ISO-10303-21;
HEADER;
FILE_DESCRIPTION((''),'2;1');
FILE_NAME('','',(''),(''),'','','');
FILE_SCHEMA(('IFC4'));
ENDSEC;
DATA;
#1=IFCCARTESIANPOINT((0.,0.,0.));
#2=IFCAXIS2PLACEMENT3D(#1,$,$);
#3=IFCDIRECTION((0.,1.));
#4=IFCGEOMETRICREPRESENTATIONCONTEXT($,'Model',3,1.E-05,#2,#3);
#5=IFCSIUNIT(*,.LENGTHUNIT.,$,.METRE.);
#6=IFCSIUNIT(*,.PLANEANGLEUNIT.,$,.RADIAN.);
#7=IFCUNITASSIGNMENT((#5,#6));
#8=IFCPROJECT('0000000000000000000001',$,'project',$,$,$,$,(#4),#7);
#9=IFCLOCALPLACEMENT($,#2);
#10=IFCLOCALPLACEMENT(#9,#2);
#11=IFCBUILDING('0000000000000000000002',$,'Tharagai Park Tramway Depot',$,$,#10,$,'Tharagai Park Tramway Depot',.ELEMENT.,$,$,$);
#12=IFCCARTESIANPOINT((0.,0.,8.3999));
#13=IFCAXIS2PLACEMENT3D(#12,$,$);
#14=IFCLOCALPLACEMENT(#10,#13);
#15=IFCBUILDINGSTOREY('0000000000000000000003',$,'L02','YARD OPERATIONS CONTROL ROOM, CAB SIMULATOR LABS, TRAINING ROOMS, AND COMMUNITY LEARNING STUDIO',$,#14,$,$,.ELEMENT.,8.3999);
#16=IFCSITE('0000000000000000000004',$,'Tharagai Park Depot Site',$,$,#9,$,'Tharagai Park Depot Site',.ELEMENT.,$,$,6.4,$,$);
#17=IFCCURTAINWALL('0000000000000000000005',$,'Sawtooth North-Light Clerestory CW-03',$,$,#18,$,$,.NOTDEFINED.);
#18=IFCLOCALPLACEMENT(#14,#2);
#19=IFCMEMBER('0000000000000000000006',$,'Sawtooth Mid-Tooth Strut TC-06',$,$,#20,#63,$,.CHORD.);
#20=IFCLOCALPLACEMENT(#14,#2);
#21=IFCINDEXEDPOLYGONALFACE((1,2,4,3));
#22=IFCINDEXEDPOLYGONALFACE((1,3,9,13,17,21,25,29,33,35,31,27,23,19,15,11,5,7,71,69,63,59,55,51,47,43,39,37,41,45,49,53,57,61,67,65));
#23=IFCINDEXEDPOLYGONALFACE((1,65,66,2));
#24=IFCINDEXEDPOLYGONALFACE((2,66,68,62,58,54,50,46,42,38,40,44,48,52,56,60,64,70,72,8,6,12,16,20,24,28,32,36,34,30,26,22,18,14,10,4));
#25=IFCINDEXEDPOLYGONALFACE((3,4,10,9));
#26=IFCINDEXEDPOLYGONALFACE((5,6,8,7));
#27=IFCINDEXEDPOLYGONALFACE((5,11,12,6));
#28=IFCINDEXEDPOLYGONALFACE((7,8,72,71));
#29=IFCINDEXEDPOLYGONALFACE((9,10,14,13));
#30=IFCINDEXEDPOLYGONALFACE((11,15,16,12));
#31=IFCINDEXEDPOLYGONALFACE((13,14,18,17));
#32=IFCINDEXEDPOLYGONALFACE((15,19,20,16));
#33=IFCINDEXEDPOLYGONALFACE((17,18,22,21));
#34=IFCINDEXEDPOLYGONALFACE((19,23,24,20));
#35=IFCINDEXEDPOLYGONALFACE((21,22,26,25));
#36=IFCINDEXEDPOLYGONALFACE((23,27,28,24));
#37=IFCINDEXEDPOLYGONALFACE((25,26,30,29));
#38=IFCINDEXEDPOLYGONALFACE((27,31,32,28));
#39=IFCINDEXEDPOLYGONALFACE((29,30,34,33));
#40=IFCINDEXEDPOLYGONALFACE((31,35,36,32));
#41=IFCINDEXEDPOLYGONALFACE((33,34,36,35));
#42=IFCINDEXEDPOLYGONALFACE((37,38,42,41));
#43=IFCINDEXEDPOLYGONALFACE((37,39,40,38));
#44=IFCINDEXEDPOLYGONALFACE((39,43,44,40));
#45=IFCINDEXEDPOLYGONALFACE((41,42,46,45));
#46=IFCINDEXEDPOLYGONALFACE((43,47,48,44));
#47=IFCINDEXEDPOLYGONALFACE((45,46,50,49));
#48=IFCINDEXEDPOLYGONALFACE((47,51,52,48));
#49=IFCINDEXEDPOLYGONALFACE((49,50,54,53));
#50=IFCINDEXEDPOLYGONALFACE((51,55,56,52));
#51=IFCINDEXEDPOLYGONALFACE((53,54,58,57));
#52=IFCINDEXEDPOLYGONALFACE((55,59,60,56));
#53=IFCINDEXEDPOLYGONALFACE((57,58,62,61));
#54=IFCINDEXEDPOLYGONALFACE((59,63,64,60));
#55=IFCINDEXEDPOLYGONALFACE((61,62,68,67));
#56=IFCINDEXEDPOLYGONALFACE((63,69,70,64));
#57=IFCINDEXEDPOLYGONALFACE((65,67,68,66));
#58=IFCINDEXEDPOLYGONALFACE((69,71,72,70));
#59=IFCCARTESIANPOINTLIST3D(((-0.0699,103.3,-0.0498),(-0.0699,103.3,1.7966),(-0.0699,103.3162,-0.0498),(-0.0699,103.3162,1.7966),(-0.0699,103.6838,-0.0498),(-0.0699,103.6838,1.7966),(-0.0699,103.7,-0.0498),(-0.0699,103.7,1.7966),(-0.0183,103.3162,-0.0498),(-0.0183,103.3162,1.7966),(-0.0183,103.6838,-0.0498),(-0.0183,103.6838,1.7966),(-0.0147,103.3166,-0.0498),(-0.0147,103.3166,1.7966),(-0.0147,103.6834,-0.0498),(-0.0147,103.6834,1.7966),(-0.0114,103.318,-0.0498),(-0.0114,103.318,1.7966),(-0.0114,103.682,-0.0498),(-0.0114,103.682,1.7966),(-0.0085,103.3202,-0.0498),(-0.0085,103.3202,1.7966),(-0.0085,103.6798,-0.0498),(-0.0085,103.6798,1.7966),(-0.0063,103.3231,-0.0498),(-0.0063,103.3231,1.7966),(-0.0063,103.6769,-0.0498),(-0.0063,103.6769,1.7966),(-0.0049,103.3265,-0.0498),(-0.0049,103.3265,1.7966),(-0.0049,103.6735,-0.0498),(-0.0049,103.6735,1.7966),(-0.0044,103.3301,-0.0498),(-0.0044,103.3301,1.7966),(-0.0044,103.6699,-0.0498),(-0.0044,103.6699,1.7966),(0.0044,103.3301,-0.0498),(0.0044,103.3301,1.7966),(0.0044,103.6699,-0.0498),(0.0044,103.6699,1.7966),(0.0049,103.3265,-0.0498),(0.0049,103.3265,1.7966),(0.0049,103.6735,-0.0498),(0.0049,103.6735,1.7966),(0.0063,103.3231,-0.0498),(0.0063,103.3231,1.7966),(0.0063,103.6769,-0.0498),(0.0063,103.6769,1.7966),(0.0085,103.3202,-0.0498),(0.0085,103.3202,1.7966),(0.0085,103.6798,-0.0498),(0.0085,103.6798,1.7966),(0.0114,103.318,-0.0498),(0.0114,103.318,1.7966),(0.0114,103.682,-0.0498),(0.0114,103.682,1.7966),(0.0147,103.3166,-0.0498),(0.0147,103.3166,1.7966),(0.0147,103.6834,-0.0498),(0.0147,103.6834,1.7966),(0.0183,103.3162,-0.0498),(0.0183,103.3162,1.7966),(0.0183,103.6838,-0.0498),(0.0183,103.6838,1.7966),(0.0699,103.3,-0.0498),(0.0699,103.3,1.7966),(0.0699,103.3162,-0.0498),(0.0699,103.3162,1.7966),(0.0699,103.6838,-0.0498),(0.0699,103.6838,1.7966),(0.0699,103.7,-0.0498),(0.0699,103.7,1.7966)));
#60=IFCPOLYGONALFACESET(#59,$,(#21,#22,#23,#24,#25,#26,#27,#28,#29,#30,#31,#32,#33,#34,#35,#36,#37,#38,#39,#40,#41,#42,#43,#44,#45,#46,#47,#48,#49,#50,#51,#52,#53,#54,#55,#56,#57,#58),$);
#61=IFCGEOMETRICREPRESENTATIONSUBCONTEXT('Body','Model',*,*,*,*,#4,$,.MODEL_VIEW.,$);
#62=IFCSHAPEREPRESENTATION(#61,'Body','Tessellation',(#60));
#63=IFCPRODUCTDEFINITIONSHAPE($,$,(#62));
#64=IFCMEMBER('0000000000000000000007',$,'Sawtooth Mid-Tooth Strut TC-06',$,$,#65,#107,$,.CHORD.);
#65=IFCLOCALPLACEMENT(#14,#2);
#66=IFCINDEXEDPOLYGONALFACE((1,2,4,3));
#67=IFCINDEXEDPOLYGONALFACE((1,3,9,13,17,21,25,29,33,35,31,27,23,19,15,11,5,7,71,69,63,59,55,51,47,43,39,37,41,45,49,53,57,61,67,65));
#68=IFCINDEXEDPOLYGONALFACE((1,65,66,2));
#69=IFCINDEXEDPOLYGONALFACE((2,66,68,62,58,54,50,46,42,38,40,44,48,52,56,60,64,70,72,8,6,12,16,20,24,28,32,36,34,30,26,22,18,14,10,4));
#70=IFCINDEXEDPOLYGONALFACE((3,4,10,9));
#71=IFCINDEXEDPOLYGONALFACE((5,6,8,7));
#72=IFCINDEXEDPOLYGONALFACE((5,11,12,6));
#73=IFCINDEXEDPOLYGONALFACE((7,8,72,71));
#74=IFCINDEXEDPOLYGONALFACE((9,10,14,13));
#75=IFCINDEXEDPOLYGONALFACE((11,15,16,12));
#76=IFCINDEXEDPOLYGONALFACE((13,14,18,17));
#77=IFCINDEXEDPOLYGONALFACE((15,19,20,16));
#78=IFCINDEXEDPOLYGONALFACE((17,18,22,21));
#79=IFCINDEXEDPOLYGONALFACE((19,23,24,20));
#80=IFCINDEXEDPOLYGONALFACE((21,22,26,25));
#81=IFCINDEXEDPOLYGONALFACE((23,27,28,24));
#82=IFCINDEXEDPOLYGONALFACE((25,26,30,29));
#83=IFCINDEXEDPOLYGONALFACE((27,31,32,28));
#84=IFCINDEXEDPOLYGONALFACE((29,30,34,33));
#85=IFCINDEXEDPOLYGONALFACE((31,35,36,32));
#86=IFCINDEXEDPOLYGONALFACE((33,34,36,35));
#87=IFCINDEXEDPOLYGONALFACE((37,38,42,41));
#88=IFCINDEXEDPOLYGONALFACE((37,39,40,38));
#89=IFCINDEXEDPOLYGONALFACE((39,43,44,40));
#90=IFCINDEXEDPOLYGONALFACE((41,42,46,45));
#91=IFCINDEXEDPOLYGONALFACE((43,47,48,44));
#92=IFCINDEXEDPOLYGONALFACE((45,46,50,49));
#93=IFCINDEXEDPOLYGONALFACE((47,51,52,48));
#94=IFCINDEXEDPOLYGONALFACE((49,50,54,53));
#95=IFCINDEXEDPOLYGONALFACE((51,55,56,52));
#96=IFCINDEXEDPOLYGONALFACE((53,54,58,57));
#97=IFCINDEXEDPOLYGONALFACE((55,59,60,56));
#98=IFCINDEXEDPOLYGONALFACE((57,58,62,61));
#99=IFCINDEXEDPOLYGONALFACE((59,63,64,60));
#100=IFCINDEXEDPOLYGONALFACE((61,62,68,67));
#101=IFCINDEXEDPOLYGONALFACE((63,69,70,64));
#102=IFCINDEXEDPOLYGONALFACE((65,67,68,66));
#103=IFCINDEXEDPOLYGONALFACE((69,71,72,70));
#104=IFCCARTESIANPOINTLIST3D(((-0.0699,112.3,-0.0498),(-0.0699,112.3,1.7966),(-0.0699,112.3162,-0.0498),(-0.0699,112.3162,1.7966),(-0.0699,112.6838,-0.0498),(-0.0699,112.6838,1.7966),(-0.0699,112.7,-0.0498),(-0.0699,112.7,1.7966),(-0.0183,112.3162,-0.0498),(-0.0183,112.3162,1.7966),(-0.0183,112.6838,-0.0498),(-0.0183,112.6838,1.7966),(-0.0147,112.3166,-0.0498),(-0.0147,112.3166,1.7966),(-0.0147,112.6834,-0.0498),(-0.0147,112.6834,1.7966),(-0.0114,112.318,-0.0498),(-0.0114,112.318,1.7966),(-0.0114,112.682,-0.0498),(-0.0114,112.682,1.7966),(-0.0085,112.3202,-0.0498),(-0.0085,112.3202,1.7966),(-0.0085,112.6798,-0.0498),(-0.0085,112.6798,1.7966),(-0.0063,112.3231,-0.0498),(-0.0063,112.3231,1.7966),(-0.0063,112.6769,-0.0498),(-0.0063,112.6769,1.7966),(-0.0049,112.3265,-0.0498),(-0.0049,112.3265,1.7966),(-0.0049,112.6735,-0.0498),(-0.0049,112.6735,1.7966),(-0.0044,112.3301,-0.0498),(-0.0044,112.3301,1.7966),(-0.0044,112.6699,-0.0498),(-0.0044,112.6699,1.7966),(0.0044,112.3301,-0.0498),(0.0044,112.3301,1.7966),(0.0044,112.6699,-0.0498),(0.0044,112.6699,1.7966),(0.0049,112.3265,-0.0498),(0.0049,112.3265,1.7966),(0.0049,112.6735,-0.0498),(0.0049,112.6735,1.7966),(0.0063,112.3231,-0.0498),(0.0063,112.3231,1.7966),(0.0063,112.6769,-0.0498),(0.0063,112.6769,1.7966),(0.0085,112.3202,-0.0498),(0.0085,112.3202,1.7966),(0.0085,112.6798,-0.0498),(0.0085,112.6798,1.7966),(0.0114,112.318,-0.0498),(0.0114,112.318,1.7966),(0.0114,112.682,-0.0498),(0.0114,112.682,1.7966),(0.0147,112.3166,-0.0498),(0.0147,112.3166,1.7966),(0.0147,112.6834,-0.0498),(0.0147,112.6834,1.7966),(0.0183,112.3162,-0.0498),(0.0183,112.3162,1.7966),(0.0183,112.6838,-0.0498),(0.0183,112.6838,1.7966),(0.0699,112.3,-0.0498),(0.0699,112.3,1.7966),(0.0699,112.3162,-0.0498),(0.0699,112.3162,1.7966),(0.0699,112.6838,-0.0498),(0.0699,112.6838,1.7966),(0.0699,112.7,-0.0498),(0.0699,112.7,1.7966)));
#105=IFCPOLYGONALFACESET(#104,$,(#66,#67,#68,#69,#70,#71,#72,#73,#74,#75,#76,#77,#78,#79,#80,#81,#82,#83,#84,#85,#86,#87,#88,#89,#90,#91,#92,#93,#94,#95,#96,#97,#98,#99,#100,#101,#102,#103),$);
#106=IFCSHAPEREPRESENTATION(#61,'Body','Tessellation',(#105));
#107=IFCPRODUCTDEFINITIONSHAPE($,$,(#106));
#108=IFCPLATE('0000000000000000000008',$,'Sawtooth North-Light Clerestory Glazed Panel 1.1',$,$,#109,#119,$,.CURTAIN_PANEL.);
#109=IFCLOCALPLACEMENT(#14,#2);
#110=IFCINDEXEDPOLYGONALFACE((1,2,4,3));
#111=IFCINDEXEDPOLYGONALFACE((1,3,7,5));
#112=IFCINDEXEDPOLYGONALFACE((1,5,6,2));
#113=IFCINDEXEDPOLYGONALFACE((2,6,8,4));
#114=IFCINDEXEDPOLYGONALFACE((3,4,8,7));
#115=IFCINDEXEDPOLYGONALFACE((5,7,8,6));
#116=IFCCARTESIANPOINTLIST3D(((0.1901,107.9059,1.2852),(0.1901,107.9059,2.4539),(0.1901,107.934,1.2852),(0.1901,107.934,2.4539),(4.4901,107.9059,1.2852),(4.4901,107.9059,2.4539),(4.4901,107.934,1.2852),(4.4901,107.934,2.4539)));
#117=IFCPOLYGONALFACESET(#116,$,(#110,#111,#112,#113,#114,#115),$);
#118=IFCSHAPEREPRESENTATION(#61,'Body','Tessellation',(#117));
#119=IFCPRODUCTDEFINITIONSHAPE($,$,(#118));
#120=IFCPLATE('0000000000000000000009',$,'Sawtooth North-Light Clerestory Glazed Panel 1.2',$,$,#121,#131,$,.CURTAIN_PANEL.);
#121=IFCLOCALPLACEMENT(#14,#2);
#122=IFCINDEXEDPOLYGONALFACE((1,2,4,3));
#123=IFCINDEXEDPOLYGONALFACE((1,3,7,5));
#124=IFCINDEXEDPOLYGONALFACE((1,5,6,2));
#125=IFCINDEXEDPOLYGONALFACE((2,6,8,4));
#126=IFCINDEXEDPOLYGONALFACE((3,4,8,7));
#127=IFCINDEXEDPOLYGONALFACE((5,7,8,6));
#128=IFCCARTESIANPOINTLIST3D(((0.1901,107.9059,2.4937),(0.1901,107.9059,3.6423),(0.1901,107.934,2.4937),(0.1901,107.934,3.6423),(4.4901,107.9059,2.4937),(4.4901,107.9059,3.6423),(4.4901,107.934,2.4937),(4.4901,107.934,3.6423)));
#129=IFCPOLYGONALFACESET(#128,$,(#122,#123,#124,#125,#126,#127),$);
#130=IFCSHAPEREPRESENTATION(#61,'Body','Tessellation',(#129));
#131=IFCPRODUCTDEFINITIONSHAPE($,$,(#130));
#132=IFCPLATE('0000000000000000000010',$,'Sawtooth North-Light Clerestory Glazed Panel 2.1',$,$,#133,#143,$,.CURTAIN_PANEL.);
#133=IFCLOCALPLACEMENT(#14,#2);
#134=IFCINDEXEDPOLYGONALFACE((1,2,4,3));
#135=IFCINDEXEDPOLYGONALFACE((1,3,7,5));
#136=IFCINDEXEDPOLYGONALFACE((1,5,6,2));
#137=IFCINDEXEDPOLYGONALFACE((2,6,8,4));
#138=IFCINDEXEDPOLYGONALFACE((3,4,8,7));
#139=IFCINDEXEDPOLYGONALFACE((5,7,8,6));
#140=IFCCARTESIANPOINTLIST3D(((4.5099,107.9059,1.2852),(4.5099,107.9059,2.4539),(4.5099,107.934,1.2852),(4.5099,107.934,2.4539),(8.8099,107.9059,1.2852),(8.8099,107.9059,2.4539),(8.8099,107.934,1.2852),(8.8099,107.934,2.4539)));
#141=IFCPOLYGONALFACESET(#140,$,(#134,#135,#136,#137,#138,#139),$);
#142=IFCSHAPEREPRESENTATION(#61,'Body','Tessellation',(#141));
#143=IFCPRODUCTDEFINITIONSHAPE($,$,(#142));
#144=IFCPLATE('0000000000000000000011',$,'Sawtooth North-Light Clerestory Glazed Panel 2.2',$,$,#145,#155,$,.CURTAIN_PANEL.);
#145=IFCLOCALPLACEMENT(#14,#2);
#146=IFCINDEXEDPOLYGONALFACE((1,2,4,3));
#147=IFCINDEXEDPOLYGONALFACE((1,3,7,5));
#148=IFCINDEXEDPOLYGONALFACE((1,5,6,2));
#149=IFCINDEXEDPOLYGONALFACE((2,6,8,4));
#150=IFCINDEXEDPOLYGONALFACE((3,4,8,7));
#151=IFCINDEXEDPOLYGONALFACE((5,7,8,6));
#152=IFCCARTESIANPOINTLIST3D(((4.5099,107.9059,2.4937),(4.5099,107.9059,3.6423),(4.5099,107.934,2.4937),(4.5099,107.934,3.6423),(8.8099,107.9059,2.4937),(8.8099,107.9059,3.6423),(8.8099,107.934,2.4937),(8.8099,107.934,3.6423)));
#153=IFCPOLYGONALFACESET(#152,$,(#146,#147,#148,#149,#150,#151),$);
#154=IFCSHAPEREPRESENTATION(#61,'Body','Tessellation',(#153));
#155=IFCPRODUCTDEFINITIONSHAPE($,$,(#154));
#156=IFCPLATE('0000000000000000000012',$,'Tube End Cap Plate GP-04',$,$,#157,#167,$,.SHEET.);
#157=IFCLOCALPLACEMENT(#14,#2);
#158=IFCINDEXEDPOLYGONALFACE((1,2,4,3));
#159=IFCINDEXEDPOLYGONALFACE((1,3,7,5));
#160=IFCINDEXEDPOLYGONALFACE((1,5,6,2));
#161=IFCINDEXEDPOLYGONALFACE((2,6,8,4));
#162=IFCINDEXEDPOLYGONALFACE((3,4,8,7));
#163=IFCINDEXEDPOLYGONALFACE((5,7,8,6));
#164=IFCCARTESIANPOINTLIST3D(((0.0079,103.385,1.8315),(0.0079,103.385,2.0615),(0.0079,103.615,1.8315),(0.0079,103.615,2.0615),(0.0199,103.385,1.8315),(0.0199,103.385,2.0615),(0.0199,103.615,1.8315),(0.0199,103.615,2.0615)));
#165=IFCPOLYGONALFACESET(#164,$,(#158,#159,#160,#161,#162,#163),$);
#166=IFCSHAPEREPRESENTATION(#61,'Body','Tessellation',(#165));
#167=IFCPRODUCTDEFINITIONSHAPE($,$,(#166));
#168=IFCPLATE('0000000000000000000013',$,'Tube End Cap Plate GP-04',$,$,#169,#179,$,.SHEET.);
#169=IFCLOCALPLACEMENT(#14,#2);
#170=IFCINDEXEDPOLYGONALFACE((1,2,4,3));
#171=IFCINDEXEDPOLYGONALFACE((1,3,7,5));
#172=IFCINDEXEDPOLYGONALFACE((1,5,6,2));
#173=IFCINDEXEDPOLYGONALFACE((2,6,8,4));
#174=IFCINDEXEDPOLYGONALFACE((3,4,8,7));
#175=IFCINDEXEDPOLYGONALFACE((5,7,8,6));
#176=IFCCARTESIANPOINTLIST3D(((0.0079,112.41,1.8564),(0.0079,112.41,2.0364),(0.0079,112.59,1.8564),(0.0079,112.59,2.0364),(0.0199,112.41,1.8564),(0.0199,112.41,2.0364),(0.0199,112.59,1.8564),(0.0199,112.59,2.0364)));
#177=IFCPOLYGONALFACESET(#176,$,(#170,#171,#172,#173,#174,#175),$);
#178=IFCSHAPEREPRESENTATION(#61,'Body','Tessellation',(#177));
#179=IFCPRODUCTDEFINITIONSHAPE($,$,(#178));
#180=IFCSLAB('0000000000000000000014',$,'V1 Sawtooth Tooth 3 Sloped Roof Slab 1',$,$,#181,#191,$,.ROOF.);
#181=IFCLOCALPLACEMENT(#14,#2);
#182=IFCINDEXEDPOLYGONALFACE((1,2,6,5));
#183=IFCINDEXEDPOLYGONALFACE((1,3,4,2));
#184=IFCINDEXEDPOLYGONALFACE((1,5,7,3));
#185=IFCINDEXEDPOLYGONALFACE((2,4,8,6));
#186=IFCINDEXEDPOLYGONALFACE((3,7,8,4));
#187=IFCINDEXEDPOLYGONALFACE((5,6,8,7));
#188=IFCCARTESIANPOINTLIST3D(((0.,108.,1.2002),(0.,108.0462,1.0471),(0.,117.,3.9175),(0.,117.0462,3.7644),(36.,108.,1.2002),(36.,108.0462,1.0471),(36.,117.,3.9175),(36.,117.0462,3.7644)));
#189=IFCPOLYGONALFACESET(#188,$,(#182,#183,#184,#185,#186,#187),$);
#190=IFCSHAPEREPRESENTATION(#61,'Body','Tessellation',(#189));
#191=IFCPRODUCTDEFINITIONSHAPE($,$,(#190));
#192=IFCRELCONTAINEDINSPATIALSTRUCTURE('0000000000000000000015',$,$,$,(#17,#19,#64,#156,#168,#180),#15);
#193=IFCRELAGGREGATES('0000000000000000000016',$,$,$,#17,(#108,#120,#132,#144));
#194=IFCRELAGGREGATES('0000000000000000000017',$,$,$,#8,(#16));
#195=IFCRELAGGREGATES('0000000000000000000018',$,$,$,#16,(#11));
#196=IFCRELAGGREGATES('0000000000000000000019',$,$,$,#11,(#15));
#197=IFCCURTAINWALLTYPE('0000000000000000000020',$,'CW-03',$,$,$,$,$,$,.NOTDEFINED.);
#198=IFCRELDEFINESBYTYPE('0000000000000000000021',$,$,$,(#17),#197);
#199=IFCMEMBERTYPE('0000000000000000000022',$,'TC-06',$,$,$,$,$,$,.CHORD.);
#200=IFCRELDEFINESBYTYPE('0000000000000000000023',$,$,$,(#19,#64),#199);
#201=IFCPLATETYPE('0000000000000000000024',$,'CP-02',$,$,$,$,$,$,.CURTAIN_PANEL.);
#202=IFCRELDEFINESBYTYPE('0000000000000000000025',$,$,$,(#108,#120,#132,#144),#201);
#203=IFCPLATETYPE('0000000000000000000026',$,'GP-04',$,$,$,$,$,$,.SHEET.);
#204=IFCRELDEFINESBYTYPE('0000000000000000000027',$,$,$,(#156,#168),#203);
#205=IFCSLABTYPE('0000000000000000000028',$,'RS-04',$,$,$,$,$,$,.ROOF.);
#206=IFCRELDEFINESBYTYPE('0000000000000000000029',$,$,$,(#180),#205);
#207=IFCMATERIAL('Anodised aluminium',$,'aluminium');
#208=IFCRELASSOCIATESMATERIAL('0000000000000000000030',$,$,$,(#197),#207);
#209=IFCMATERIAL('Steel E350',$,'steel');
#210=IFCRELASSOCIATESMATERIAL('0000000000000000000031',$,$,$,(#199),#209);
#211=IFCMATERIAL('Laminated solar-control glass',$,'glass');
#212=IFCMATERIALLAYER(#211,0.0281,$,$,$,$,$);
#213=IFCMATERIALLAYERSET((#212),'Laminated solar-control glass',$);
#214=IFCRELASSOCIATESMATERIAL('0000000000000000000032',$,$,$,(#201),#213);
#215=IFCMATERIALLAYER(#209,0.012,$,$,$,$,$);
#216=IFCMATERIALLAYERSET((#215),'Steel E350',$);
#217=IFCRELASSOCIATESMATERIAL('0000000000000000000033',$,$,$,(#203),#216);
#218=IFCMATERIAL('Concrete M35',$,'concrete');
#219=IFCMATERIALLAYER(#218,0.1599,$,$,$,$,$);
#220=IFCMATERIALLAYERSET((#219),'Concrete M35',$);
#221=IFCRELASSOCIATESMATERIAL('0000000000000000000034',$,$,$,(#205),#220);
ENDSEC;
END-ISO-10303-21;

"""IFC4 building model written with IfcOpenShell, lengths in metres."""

from ifc_helpers import new_model, si_unit, direction, frame, origin, origin_2d, place, context, subcontext, project, spatial, polyline, rectangle, i_section, outline, extrude, material, layer, layer_set, material_profile, profile_set, type_object, element, aggregate, save


model = new_model("IFC4")

# Units and contexts
model_context = context("Model", 3, precision=1e-05, world=origin(), true_north=direction((0.0, 1.0)))
body_context = subcontext(model_context, "Body", "Model", "MODEL_VIEW")
ifc_project = project(units=[si_unit("LENGTHUNIT", "METRE"), si_unit("PLANEANGLEUNIT", "RADIAN")], contexts=[model_context])

# Site, building, storey
site_placement = place(None, origin())
site = spatial("IfcSite", under=ifc_project, at=site_placement, Name="Tharagai Park Depot Site", LongName="Tharagai Park Depot Site", CompositionType="ELEMENT", RefElevation=6.4)
building_placement = place(site_placement, origin())
building = spatial("IfcBuilding", under=site, at=building_placement, Name="Tharagai Park Tramway Depot", LongName="Tharagai Park Tramway Depot", CompositionType="ELEMENT")
storey_placement = place(building_placement, frame((0.0, 0.0, 8.3999)))
storey = spatial("IfcBuildingStorey", under=building, at=storey_placement, Name="L02", Description="YARD OPERATIONS CONTROL ROOM, CAB SIMULATOR LABS, TRAINING ROOMS, AND COMMUNITY LEARNING STUDIO", CompositionType="ELEMENT", Elevation=8.3999)

# Shared definitions
ifc_material_1 = material(Name="Steel E350", Category="steel")

# Curtain wall
ifc_material_2 = material(Name="Anodised aluminium", Category="aluminium")
curtain_wall_type = type_object("IfcCurtainWallType", Name="CW-03", PredefinedType="NOTDEFINED", material=ifc_material_2)
curtain_wall_placement = place(storey_placement, origin())
curtain_wall = element("IfcCurtainWall", 1, at=curtain_wall_placement, inside=storey, type_object=curtain_wall_type, Name="Sawtooth North-Light Clerestory CW-03", PredefinedType="NOTDEFINED")

# Members
ifc_material_profile_1 = material_profile(ifc_material_1, i_section(OverallWidth=0.1399, OverallDepth=0.3999, WebThickness=0.0088, FlangeThickness=0.0161, FilletRadius=0.0139, at=origin_2d()), Name="ISMB 400")
ifc_profile_set_1 = profile_set([ifc_material_profile_1], Name="Steel E350")
member_type_1 = type_object("IfcMemberType", Name="TC-06", PredefinedType="CHORD", material=ifc_profile_set_1)
for number, where, z_axis, x_axis, name in (
    (2, (0.0, 103.5, -0.0498), (0.0, 0.0, 1.0), (1.0, 0.0, 0.0), "Sawtooth Mid-Tooth Strut TC-06"),
    (3, (0.0, 112.5, -0.0498), (0.0, 0.0, 1.0), (1.0, 0.0, 0.0), "Sawtooth Mid-Tooth Strut TC-06"),
):
    element("IfcMember", number, at=place(storey_placement, frame(where, z_axis=z_axis, x_axis=x_axis)), inside=storey, type_object=member_type_1, Name=name, PredefinedType="CHORD", context=body_context, shape_type="SweptSolid", body=[
        extrude(i_section(OverallWidth=0.1399, OverallDepth=0.3999, WebThickness=0.0088, FlangeThickness=0.0161, FilletRadius=0.0139, at=origin_2d()), origin(), (0.0, 0.0, 1.0), 1.8464),
    ])

# Plates
ifc_material_3 = material(Name="Laminated solar-control glass", Category="glass")
ifc_layer_1 = layer(ifc_material_3, 0.0281)
ifc_layer_set_1 = layer_set([ifc_layer_1], Name="Laminated solar-control glass")
plate_type_1 = type_object("IfcPlateType", Name="CP-02", PredefinedType="CURTAIN_PANEL", material=ifc_layer_set_1)
plate_1_placement = place(storey_placement, frame((2.3401, 107.9199, 1.2852), z_axis=(0.0, 0.0, 1.0), x_axis=(1.0, 0.0, 0.0)))
plate_1 = element("IfcPlate", 4, at=plate_1_placement, type_object=plate_type_1, Name="Sawtooth North-Light Clerestory Glazed Panel 1.1", PredefinedType="CURTAIN_PANEL", context=body_context, shape_type="SweptSolid", body=[
    extrude(rectangle(XDim=4.3, YDim=0.0281, at=origin_2d()), origin(), (0.0, 0.0, 1.0), 1.1687),
])
plate_2_placement = place(storey_placement, frame((2.3401, 107.9199, 2.4937), z_axis=(0.0, 0.0, 1.0), x_axis=(1.0, 0.0, 0.0)))
plate_2 = element("IfcPlate", 5, at=plate_2_placement, type_object=plate_type_1, Name="Sawtooth North-Light Clerestory Glazed Panel 1.2", PredefinedType="CURTAIN_PANEL", context=body_context, shape_type="SweptSolid", body=[
    extrude(rectangle(XDim=4.3, YDim=0.0281, at=origin_2d()), origin(), (0.0, 0.0, 1.0), 1.1487),
])
plate_3_placement = place(storey_placement, frame((6.6599, 107.9199, 1.2852), z_axis=(0.0, 0.0, 1.0), x_axis=(1.0, 0.0, 0.0)))
plate_3 = element("IfcPlate", 6, at=plate_3_placement, type_object=plate_type_1, Name="Sawtooth North-Light Clerestory Glazed Panel 2.1", PredefinedType="CURTAIN_PANEL", context=body_context, shape_type="SweptSolid", body=[
    extrude(rectangle(XDim=4.3, YDim=0.0281, at=origin_2d()), origin(), (0.0, 0.0, 1.0), 1.1687),
])
plate_4_placement = place(storey_placement, frame((6.6599, 107.9199, 2.4937), z_axis=(0.0, 0.0, 1.0), x_axis=(1.0, 0.0, 0.0)))
plate_4 = element("IfcPlate", 7, at=plate_4_placement, type_object=plate_type_1, Name="Sawtooth North-Light Clerestory Glazed Panel 2.2", PredefinedType="CURTAIN_PANEL", context=body_context, shape_type="SweptSolid", body=[
    extrude(rectangle(XDim=4.3, YDim=0.0281, at=origin_2d()), origin(), (0.0, 0.0, 1.0), 1.1487),
])
aggregate(curtain_wall, [plate_1, plate_2, plate_3, plate_4])

# Plates
ifc_layer_2 = layer(ifc_material_1, 0.012)
ifc_layer_set_2 = layer_set([ifc_layer_2], Name="Steel E350")
plate_type_2 = type_object("IfcPlateType", Name="GP-04", PredefinedType="SHEET", material=ifc_layer_set_2)
plate_5_placement = place(storey_placement, frame((0.0139, 103.5, 1.8315), z_axis=(0.0, 0.0, 1.0), x_axis=(1.0, 0.0, 0.0)))
element("IfcPlate", 8, at=plate_5_placement, inside=storey, type_object=plate_type_2, Name="Tube End Cap Plate GP-04", PredefinedType="SHEET", context=body_context, shape_type="SweptSolid", body=[
    extrude(rectangle(XDim=0.012, YDim=0.23, at=origin_2d()), origin(), (0.0, 0.0, 1.0), 0.23),
])
plate_6_placement = place(storey_placement, frame((0.0139, 112.5, 1.8564), z_axis=(0.0, 0.0, 1.0), x_axis=(1.0, 0.0, 0.0)))
element("IfcPlate", 9, at=plate_6_placement, inside=storey, type_object=plate_type_2, Name="Tube End Cap Plate GP-04", PredefinedType="SHEET", context=body_context, shape_type="SweptSolid", body=[
    extrude(rectangle(XDim=0.012, YDim=0.1799, at=origin_2d()), origin(), (0.0, 0.0, 1.0), 0.1799),
])

# Slab
ifc_material_4 = material(Name="Concrete M35", Category="concrete")
ifc_layer_3 = layer(ifc_material_4, 0.1599)
ifc_layer_set_3 = layer_set([ifc_layer_3], Name="Concrete M35")
slab_type = type_object("IfcSlabType", Name="RS-04", PredefinedType="ROOF", material=ifc_layer_set_3)
slab_placement = place(storey_placement, frame((0.0, 108.0, 1.2002), z_axis=(0.0, -0.289034, 0.957319), x_axis=(1.0, 0.0, 0.0)))
element("IfcSlab", 10, at=slab_placement, inside=storey, type_object=slab_type, Name="V1 Sawtooth Tooth 3 Sloped Roof Slab 1", PredefinedType="ROOF", context=body_context, shape_type="SweptSolid", body=[
    extrude(outline(polyline([(0.0, 0.0), (36.0, 0.0), (36.0, 9.4013), (0.0, 9.4013), (0.0, 0.0)])), origin(), (0.0, 0.0, -1.0), 0.1599),
])

save(model, "model.ifc")
